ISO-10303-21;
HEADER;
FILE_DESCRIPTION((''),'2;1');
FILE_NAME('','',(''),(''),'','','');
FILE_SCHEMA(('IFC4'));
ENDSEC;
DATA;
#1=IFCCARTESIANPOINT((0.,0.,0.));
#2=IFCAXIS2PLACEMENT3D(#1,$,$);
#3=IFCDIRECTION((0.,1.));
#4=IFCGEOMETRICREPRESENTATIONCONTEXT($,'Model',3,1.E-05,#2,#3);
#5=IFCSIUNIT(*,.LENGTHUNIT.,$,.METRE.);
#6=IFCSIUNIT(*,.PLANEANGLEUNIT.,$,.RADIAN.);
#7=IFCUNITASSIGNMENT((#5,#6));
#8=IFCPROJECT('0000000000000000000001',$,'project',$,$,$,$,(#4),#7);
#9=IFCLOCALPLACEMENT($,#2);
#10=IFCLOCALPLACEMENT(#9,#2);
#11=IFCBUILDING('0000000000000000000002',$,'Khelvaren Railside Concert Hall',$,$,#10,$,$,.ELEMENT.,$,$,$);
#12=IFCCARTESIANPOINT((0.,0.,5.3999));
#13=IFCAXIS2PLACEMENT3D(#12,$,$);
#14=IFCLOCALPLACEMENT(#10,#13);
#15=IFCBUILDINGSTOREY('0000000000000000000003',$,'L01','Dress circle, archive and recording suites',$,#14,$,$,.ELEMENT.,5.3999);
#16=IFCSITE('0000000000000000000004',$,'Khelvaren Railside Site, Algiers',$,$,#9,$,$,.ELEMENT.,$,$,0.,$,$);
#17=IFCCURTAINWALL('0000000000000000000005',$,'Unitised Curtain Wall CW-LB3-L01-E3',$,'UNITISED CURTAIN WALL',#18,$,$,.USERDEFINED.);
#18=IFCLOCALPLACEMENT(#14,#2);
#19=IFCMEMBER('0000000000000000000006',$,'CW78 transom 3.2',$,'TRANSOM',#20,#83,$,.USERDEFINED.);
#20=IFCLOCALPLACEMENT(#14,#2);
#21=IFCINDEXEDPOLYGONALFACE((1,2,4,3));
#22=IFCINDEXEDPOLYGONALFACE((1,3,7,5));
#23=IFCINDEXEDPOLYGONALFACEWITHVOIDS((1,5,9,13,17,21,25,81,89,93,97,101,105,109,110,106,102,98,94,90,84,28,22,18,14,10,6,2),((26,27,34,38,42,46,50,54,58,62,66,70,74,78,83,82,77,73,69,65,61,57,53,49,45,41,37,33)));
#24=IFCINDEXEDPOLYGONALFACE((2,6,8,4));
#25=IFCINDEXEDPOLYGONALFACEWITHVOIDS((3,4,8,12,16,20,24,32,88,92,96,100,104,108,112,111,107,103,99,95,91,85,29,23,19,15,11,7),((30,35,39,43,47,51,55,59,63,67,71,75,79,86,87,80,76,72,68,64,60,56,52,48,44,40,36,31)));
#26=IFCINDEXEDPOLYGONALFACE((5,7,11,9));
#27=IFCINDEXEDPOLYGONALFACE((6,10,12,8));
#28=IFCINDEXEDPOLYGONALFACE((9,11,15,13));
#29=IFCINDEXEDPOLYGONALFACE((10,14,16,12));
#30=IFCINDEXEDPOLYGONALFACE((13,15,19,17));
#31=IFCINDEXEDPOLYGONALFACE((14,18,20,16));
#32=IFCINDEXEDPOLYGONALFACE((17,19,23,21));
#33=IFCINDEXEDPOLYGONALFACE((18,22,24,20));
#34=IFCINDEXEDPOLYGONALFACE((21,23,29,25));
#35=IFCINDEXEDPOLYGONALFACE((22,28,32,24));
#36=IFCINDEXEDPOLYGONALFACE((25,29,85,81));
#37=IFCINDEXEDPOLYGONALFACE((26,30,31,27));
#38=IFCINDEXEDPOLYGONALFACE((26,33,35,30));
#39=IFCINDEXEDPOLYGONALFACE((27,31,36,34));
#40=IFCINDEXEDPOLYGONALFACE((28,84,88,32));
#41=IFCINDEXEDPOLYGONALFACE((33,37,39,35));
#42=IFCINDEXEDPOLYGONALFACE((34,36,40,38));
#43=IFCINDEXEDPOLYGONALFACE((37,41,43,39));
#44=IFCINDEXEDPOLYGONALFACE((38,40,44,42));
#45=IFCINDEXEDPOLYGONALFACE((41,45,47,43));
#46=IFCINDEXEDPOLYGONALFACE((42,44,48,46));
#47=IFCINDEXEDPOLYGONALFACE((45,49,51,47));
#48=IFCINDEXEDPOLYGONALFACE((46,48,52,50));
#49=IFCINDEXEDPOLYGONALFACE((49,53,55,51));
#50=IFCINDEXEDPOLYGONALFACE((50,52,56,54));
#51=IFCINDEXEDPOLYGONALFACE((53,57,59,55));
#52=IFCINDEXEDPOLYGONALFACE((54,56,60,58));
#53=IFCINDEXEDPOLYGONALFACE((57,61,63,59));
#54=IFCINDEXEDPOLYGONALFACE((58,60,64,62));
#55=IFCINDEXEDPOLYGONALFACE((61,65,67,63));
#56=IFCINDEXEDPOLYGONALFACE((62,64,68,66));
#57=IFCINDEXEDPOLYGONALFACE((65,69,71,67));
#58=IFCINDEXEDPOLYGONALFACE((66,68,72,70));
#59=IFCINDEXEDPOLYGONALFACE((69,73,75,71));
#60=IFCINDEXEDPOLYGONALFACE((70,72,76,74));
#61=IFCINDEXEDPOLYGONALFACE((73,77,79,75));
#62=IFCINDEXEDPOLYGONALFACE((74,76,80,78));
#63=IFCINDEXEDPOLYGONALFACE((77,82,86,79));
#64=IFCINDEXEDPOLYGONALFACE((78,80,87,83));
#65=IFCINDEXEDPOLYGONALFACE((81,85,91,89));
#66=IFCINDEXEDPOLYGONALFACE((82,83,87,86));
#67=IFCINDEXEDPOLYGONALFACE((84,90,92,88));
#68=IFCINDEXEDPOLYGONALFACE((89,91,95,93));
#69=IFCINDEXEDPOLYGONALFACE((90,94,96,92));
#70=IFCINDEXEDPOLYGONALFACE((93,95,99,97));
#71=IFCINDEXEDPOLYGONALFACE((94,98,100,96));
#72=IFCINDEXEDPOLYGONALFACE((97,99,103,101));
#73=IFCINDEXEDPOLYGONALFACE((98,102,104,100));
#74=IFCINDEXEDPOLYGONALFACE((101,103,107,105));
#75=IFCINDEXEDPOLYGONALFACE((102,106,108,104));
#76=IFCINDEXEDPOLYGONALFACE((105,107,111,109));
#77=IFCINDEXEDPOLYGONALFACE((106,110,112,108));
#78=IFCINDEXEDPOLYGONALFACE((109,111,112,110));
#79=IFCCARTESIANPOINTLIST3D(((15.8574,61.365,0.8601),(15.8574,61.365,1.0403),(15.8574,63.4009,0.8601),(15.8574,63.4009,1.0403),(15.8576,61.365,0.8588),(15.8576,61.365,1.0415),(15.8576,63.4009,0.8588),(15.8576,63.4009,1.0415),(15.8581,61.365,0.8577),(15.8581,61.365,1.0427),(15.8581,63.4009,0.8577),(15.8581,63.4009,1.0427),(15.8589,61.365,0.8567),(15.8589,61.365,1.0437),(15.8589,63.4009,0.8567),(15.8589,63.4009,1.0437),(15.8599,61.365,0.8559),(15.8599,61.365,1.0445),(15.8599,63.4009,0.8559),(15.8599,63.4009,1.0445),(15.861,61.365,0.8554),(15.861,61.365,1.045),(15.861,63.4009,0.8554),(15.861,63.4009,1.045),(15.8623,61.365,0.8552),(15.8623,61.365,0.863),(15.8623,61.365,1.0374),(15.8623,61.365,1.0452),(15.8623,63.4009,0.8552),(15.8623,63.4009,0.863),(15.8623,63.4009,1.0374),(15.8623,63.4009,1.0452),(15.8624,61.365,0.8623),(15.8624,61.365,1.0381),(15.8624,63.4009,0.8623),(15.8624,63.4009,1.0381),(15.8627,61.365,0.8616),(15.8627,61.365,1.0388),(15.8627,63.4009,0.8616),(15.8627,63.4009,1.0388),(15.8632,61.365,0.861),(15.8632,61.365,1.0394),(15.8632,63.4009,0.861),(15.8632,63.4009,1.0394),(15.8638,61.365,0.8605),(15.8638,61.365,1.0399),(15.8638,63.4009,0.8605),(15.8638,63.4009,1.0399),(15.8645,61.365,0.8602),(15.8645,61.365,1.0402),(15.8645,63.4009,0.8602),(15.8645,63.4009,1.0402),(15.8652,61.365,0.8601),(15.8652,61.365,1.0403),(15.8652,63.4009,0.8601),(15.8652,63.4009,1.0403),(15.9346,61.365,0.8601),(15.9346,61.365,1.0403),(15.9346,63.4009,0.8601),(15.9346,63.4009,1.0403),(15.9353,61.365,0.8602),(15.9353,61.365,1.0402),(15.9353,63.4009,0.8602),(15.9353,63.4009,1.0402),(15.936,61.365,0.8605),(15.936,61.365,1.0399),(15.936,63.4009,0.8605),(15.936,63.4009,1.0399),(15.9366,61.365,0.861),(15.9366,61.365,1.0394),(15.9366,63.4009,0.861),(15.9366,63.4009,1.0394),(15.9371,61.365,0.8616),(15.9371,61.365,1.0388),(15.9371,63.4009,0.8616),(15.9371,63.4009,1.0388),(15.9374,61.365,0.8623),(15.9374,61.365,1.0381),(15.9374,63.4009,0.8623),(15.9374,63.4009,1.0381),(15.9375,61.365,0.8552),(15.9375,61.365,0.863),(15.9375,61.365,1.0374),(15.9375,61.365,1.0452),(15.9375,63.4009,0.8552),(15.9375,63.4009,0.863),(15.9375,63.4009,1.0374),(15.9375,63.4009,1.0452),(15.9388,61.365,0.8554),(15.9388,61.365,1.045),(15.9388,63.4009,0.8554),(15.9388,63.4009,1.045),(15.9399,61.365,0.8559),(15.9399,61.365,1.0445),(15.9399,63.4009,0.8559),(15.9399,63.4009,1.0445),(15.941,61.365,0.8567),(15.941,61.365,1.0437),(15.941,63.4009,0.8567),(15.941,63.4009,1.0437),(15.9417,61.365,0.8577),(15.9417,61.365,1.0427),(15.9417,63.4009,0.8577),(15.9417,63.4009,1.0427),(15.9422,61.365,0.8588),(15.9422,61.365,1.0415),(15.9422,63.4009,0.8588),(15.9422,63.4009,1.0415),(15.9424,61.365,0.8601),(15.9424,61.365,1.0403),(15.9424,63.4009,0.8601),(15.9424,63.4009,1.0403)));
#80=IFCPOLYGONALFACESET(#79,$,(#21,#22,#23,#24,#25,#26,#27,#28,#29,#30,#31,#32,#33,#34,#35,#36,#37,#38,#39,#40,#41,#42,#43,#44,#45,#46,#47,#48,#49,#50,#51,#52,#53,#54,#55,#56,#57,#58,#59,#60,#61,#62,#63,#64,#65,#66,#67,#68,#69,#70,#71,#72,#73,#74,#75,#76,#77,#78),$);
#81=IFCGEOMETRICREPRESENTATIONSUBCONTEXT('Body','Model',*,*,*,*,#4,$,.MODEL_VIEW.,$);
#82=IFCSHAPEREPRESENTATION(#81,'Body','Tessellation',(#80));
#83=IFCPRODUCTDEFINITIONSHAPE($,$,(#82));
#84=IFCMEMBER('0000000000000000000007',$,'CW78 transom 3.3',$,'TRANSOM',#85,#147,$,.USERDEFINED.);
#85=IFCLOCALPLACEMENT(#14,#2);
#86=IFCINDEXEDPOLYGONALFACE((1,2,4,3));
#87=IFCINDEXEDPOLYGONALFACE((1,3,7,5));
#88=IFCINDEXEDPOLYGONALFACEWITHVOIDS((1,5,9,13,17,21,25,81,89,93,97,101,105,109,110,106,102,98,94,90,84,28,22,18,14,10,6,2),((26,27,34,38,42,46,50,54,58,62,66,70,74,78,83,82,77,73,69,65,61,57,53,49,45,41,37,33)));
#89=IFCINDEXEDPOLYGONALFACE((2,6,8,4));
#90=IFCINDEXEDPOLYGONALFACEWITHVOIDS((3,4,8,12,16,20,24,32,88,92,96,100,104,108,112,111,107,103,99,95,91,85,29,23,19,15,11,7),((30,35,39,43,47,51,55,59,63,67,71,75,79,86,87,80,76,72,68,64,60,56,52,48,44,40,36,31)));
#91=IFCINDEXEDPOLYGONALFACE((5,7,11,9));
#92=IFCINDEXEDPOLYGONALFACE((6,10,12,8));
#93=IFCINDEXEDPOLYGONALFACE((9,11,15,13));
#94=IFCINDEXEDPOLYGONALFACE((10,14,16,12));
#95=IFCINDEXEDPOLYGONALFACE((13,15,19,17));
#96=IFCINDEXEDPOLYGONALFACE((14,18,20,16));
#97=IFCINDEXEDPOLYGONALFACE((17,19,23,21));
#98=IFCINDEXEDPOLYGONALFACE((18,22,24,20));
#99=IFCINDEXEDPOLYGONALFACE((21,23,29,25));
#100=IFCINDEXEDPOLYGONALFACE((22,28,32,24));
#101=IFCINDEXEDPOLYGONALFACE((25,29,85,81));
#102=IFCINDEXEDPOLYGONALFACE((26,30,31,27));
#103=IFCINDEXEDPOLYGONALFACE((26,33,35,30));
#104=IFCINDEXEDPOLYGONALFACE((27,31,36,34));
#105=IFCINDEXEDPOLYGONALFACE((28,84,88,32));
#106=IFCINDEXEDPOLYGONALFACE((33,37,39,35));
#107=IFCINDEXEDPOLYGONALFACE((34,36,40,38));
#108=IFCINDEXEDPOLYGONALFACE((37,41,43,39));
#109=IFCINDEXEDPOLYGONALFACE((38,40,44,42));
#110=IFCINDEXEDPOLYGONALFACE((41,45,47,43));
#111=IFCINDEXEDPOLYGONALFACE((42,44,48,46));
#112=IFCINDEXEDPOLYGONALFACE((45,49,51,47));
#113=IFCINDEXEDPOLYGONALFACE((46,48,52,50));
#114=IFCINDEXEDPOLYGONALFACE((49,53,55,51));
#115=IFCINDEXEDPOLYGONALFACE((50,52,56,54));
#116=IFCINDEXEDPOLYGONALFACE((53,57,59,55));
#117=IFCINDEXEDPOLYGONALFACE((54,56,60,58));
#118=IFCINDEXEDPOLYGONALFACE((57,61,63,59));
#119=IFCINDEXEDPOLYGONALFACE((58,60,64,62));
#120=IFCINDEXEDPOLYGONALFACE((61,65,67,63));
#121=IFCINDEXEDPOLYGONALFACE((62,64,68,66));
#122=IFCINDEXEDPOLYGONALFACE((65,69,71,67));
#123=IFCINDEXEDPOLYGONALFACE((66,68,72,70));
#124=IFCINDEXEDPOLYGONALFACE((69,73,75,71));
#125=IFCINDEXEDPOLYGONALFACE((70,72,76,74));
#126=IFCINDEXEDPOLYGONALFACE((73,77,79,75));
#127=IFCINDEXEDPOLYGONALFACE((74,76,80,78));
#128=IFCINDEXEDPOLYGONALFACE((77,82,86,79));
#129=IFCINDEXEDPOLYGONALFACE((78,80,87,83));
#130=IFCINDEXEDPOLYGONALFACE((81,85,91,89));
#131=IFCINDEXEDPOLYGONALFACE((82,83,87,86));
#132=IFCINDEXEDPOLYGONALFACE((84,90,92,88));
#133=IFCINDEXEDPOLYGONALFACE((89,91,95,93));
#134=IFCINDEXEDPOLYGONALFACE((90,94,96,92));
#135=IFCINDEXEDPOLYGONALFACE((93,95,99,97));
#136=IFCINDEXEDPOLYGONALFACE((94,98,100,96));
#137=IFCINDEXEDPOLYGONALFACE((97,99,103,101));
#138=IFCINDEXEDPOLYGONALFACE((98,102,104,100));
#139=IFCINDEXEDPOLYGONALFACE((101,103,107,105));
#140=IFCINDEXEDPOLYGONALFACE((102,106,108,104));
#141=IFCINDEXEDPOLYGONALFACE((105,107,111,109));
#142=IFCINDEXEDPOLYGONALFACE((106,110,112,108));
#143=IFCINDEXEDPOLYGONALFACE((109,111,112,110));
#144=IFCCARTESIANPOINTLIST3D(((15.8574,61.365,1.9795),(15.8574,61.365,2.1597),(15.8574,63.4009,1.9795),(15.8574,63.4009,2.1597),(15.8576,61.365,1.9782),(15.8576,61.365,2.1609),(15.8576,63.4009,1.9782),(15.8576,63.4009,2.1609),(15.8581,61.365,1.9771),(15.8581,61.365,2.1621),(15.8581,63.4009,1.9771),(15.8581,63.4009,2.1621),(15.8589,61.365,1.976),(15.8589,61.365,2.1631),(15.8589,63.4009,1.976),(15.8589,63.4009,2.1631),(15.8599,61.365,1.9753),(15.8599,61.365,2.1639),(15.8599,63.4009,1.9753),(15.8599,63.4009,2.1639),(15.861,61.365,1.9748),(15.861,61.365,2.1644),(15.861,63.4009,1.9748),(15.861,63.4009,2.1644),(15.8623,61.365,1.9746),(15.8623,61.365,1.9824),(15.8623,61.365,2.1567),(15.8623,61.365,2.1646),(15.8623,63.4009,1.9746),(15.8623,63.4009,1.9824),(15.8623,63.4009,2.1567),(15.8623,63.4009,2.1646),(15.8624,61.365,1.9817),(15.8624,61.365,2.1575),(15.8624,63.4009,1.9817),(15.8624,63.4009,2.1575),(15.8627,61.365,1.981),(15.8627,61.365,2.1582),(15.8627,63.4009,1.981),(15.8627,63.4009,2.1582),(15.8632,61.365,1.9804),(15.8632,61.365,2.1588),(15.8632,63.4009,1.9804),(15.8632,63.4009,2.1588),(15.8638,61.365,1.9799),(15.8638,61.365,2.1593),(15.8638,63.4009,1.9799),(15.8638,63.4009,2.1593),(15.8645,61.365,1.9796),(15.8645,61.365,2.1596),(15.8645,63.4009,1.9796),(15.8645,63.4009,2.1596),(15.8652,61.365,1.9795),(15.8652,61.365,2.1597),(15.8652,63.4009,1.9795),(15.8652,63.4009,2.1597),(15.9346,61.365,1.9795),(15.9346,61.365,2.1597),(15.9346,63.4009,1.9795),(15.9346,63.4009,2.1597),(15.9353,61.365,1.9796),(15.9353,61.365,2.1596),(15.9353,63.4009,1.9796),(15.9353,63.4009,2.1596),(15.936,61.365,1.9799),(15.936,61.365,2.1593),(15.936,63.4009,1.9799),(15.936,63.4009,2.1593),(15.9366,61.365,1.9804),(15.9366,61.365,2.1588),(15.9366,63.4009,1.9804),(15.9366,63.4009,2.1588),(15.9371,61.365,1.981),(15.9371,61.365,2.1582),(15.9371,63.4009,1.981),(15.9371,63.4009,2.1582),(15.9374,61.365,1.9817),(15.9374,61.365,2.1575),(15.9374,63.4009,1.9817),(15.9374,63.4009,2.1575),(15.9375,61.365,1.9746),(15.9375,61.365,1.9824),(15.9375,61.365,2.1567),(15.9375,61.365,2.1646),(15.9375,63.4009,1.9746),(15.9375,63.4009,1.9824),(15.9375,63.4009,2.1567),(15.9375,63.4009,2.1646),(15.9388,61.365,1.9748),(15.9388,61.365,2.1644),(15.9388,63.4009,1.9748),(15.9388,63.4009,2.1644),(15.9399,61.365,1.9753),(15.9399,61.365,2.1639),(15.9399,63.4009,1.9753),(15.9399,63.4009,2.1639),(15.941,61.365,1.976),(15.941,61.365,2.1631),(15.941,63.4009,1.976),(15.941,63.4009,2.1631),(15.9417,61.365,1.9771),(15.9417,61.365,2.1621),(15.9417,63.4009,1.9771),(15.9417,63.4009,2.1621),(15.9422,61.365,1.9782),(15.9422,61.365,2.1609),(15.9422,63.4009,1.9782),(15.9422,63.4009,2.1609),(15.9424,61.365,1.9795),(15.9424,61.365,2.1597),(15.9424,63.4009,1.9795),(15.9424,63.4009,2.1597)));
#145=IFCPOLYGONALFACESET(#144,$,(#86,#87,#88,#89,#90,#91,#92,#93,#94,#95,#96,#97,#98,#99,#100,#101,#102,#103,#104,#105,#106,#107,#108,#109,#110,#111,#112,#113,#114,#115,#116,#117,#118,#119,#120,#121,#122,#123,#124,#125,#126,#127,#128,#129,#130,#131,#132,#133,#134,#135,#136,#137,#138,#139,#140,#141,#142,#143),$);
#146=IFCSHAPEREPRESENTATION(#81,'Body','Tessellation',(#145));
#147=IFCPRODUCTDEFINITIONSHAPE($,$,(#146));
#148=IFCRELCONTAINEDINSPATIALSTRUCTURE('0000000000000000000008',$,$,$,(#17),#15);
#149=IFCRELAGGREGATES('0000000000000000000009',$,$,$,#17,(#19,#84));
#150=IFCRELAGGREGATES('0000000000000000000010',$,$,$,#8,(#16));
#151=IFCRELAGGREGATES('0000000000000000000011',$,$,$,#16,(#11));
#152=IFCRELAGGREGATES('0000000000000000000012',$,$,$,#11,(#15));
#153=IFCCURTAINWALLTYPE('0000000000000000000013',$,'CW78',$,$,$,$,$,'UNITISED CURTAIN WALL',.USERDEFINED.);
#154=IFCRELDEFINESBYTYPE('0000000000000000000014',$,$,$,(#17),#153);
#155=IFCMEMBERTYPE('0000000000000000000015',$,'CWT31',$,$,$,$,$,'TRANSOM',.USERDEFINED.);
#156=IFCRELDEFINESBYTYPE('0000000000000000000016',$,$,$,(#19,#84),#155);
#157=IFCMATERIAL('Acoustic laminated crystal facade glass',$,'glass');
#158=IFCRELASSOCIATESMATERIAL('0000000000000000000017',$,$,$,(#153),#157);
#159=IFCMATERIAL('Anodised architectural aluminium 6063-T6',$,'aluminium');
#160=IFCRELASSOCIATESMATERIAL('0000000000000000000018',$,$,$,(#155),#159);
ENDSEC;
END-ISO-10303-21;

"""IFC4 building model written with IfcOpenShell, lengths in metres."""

from ifc_helpers import new_model, si_unit, direction, frame, origin, origin_2d, place, context, subcontext, project, spatial, hollow_rectangle, extrude, material, material_profile, profile_set, type_object, element, aggregate, save


model = new_model("IFC4")

# Units and contexts
model_context = context("Model", 3, precision=1e-05, world=origin(), true_north=direction((0.0, 1.0)))
body_context = subcontext(model_context, "Body", "Model", "MODEL_VIEW")
ifc_project = project(units=[si_unit("LENGTHUNIT", "METRE"), si_unit("PLANEANGLEUNIT", "RADIAN")], contexts=[model_context])

# Site, building, storey
site_placement = place(None, origin())
site = spatial("IfcSite", under=ifc_project, at=site_placement, Name="Khelvaren Railside Site, Algiers", CompositionType="ELEMENT", RefElevation=0.0)
building_placement = place(site_placement, origin())
building = spatial("IfcBuilding", under=site, at=building_placement, Name="Khelvaren Railside Concert Hall", CompositionType="ELEMENT")
storey_placement = place(building_placement, frame((0.0, 0.0, 5.3999)))
storey = spatial("IfcBuildingStorey", under=building, at=storey_placement, Name="L01", Description="Dress circle, archive and recording suites", CompositionType="ELEMENT", Elevation=5.3999)

# Curtain wall, members
ifc_material_1 = material(Name="Acoustic laminated crystal facade glass", Category="glass")
curtain_wall_type = type_object("IfcCurtainWallType", Name="CW78", ElementType="UNITISED CURTAIN WALL", PredefinedType="USERDEFINED", material=ifc_material_1)
curtain_wall_placement = place(storey_placement, origin())
curtain_wall = element("IfcCurtainWall", 1, at=curtain_wall_placement, inside=storey, type_object=curtain_wall_type, Name="Unitised Curtain Wall CW-LB3-L01-E3", ObjectType="UNITISED CURTAIN WALL", PredefinedType="USERDEFINED")
ifc_material_2 = material(Name="Anodised architectural aluminium 6063-T6", Category="aluminium")
ifc_material_profile_1 = material_profile(ifc_material_2, hollow_rectangle(XDim=0.085, YDim=0.1899, WallThickness=0.0049, InnerFilletRadius=0.0029, OuterFilletRadius=0.0049, at=origin_2d()), Name="CWT 85x190x5")
ifc_profile_set_1 = profile_set([ifc_material_profile_1], Name="Anodised architectural aluminium 6063-T6")
member_type_1 = type_object("IfcMemberType", Name="CWT31", ElementType="TRANSOM", PredefinedType="USERDEFINED", material=ifc_profile_set_1)
member_1_placement = place(storey_placement, frame((15.8999, 63.4009, 0.9502), z_axis=(0.0, -1.0, 0.0), x_axis=(1.0, 0.0, 0.0)))
member_1 = element("IfcMember", 2, at=member_1_placement, type_object=member_type_1, Name="CW78 transom 3.2", ObjectType="TRANSOM", PredefinedType="USERDEFINED", context=body_context, shape_type="SweptSolid", body=[
    extrude(hollow_rectangle(XDim=0.085, YDim=0.1899, WallThickness=0.0049, InnerFilletRadius=0.0029, OuterFilletRadius=0.0049, at=origin_2d()), origin(), (0.0, 0.0, 1.0), 2.0359),
])
member_2_placement = place(storey_placement, frame((15.8999, 63.4009, 2.0696), z_axis=(0.0, -1.0, 0.0), x_axis=(1.0, 0.0, 0.0)))
member_2 = element("IfcMember", 3, at=member_2_placement, type_object=member_type_1, Name="CW78 transom 3.3", ObjectType="TRANSOM", PredefinedType="USERDEFINED", context=body_context, shape_type="SweptSolid", body=[
    extrude(hollow_rectangle(XDim=0.085, YDim=0.1899, WallThickness=0.0049, InnerFilletRadius=0.0029, OuterFilletRadius=0.0049, at=origin_2d()), origin(), (0.0, 0.0, 1.0), 2.0359),
])
aggregate(curtain_wall, [member_1, member_2])

save(model, "model.ifc")
